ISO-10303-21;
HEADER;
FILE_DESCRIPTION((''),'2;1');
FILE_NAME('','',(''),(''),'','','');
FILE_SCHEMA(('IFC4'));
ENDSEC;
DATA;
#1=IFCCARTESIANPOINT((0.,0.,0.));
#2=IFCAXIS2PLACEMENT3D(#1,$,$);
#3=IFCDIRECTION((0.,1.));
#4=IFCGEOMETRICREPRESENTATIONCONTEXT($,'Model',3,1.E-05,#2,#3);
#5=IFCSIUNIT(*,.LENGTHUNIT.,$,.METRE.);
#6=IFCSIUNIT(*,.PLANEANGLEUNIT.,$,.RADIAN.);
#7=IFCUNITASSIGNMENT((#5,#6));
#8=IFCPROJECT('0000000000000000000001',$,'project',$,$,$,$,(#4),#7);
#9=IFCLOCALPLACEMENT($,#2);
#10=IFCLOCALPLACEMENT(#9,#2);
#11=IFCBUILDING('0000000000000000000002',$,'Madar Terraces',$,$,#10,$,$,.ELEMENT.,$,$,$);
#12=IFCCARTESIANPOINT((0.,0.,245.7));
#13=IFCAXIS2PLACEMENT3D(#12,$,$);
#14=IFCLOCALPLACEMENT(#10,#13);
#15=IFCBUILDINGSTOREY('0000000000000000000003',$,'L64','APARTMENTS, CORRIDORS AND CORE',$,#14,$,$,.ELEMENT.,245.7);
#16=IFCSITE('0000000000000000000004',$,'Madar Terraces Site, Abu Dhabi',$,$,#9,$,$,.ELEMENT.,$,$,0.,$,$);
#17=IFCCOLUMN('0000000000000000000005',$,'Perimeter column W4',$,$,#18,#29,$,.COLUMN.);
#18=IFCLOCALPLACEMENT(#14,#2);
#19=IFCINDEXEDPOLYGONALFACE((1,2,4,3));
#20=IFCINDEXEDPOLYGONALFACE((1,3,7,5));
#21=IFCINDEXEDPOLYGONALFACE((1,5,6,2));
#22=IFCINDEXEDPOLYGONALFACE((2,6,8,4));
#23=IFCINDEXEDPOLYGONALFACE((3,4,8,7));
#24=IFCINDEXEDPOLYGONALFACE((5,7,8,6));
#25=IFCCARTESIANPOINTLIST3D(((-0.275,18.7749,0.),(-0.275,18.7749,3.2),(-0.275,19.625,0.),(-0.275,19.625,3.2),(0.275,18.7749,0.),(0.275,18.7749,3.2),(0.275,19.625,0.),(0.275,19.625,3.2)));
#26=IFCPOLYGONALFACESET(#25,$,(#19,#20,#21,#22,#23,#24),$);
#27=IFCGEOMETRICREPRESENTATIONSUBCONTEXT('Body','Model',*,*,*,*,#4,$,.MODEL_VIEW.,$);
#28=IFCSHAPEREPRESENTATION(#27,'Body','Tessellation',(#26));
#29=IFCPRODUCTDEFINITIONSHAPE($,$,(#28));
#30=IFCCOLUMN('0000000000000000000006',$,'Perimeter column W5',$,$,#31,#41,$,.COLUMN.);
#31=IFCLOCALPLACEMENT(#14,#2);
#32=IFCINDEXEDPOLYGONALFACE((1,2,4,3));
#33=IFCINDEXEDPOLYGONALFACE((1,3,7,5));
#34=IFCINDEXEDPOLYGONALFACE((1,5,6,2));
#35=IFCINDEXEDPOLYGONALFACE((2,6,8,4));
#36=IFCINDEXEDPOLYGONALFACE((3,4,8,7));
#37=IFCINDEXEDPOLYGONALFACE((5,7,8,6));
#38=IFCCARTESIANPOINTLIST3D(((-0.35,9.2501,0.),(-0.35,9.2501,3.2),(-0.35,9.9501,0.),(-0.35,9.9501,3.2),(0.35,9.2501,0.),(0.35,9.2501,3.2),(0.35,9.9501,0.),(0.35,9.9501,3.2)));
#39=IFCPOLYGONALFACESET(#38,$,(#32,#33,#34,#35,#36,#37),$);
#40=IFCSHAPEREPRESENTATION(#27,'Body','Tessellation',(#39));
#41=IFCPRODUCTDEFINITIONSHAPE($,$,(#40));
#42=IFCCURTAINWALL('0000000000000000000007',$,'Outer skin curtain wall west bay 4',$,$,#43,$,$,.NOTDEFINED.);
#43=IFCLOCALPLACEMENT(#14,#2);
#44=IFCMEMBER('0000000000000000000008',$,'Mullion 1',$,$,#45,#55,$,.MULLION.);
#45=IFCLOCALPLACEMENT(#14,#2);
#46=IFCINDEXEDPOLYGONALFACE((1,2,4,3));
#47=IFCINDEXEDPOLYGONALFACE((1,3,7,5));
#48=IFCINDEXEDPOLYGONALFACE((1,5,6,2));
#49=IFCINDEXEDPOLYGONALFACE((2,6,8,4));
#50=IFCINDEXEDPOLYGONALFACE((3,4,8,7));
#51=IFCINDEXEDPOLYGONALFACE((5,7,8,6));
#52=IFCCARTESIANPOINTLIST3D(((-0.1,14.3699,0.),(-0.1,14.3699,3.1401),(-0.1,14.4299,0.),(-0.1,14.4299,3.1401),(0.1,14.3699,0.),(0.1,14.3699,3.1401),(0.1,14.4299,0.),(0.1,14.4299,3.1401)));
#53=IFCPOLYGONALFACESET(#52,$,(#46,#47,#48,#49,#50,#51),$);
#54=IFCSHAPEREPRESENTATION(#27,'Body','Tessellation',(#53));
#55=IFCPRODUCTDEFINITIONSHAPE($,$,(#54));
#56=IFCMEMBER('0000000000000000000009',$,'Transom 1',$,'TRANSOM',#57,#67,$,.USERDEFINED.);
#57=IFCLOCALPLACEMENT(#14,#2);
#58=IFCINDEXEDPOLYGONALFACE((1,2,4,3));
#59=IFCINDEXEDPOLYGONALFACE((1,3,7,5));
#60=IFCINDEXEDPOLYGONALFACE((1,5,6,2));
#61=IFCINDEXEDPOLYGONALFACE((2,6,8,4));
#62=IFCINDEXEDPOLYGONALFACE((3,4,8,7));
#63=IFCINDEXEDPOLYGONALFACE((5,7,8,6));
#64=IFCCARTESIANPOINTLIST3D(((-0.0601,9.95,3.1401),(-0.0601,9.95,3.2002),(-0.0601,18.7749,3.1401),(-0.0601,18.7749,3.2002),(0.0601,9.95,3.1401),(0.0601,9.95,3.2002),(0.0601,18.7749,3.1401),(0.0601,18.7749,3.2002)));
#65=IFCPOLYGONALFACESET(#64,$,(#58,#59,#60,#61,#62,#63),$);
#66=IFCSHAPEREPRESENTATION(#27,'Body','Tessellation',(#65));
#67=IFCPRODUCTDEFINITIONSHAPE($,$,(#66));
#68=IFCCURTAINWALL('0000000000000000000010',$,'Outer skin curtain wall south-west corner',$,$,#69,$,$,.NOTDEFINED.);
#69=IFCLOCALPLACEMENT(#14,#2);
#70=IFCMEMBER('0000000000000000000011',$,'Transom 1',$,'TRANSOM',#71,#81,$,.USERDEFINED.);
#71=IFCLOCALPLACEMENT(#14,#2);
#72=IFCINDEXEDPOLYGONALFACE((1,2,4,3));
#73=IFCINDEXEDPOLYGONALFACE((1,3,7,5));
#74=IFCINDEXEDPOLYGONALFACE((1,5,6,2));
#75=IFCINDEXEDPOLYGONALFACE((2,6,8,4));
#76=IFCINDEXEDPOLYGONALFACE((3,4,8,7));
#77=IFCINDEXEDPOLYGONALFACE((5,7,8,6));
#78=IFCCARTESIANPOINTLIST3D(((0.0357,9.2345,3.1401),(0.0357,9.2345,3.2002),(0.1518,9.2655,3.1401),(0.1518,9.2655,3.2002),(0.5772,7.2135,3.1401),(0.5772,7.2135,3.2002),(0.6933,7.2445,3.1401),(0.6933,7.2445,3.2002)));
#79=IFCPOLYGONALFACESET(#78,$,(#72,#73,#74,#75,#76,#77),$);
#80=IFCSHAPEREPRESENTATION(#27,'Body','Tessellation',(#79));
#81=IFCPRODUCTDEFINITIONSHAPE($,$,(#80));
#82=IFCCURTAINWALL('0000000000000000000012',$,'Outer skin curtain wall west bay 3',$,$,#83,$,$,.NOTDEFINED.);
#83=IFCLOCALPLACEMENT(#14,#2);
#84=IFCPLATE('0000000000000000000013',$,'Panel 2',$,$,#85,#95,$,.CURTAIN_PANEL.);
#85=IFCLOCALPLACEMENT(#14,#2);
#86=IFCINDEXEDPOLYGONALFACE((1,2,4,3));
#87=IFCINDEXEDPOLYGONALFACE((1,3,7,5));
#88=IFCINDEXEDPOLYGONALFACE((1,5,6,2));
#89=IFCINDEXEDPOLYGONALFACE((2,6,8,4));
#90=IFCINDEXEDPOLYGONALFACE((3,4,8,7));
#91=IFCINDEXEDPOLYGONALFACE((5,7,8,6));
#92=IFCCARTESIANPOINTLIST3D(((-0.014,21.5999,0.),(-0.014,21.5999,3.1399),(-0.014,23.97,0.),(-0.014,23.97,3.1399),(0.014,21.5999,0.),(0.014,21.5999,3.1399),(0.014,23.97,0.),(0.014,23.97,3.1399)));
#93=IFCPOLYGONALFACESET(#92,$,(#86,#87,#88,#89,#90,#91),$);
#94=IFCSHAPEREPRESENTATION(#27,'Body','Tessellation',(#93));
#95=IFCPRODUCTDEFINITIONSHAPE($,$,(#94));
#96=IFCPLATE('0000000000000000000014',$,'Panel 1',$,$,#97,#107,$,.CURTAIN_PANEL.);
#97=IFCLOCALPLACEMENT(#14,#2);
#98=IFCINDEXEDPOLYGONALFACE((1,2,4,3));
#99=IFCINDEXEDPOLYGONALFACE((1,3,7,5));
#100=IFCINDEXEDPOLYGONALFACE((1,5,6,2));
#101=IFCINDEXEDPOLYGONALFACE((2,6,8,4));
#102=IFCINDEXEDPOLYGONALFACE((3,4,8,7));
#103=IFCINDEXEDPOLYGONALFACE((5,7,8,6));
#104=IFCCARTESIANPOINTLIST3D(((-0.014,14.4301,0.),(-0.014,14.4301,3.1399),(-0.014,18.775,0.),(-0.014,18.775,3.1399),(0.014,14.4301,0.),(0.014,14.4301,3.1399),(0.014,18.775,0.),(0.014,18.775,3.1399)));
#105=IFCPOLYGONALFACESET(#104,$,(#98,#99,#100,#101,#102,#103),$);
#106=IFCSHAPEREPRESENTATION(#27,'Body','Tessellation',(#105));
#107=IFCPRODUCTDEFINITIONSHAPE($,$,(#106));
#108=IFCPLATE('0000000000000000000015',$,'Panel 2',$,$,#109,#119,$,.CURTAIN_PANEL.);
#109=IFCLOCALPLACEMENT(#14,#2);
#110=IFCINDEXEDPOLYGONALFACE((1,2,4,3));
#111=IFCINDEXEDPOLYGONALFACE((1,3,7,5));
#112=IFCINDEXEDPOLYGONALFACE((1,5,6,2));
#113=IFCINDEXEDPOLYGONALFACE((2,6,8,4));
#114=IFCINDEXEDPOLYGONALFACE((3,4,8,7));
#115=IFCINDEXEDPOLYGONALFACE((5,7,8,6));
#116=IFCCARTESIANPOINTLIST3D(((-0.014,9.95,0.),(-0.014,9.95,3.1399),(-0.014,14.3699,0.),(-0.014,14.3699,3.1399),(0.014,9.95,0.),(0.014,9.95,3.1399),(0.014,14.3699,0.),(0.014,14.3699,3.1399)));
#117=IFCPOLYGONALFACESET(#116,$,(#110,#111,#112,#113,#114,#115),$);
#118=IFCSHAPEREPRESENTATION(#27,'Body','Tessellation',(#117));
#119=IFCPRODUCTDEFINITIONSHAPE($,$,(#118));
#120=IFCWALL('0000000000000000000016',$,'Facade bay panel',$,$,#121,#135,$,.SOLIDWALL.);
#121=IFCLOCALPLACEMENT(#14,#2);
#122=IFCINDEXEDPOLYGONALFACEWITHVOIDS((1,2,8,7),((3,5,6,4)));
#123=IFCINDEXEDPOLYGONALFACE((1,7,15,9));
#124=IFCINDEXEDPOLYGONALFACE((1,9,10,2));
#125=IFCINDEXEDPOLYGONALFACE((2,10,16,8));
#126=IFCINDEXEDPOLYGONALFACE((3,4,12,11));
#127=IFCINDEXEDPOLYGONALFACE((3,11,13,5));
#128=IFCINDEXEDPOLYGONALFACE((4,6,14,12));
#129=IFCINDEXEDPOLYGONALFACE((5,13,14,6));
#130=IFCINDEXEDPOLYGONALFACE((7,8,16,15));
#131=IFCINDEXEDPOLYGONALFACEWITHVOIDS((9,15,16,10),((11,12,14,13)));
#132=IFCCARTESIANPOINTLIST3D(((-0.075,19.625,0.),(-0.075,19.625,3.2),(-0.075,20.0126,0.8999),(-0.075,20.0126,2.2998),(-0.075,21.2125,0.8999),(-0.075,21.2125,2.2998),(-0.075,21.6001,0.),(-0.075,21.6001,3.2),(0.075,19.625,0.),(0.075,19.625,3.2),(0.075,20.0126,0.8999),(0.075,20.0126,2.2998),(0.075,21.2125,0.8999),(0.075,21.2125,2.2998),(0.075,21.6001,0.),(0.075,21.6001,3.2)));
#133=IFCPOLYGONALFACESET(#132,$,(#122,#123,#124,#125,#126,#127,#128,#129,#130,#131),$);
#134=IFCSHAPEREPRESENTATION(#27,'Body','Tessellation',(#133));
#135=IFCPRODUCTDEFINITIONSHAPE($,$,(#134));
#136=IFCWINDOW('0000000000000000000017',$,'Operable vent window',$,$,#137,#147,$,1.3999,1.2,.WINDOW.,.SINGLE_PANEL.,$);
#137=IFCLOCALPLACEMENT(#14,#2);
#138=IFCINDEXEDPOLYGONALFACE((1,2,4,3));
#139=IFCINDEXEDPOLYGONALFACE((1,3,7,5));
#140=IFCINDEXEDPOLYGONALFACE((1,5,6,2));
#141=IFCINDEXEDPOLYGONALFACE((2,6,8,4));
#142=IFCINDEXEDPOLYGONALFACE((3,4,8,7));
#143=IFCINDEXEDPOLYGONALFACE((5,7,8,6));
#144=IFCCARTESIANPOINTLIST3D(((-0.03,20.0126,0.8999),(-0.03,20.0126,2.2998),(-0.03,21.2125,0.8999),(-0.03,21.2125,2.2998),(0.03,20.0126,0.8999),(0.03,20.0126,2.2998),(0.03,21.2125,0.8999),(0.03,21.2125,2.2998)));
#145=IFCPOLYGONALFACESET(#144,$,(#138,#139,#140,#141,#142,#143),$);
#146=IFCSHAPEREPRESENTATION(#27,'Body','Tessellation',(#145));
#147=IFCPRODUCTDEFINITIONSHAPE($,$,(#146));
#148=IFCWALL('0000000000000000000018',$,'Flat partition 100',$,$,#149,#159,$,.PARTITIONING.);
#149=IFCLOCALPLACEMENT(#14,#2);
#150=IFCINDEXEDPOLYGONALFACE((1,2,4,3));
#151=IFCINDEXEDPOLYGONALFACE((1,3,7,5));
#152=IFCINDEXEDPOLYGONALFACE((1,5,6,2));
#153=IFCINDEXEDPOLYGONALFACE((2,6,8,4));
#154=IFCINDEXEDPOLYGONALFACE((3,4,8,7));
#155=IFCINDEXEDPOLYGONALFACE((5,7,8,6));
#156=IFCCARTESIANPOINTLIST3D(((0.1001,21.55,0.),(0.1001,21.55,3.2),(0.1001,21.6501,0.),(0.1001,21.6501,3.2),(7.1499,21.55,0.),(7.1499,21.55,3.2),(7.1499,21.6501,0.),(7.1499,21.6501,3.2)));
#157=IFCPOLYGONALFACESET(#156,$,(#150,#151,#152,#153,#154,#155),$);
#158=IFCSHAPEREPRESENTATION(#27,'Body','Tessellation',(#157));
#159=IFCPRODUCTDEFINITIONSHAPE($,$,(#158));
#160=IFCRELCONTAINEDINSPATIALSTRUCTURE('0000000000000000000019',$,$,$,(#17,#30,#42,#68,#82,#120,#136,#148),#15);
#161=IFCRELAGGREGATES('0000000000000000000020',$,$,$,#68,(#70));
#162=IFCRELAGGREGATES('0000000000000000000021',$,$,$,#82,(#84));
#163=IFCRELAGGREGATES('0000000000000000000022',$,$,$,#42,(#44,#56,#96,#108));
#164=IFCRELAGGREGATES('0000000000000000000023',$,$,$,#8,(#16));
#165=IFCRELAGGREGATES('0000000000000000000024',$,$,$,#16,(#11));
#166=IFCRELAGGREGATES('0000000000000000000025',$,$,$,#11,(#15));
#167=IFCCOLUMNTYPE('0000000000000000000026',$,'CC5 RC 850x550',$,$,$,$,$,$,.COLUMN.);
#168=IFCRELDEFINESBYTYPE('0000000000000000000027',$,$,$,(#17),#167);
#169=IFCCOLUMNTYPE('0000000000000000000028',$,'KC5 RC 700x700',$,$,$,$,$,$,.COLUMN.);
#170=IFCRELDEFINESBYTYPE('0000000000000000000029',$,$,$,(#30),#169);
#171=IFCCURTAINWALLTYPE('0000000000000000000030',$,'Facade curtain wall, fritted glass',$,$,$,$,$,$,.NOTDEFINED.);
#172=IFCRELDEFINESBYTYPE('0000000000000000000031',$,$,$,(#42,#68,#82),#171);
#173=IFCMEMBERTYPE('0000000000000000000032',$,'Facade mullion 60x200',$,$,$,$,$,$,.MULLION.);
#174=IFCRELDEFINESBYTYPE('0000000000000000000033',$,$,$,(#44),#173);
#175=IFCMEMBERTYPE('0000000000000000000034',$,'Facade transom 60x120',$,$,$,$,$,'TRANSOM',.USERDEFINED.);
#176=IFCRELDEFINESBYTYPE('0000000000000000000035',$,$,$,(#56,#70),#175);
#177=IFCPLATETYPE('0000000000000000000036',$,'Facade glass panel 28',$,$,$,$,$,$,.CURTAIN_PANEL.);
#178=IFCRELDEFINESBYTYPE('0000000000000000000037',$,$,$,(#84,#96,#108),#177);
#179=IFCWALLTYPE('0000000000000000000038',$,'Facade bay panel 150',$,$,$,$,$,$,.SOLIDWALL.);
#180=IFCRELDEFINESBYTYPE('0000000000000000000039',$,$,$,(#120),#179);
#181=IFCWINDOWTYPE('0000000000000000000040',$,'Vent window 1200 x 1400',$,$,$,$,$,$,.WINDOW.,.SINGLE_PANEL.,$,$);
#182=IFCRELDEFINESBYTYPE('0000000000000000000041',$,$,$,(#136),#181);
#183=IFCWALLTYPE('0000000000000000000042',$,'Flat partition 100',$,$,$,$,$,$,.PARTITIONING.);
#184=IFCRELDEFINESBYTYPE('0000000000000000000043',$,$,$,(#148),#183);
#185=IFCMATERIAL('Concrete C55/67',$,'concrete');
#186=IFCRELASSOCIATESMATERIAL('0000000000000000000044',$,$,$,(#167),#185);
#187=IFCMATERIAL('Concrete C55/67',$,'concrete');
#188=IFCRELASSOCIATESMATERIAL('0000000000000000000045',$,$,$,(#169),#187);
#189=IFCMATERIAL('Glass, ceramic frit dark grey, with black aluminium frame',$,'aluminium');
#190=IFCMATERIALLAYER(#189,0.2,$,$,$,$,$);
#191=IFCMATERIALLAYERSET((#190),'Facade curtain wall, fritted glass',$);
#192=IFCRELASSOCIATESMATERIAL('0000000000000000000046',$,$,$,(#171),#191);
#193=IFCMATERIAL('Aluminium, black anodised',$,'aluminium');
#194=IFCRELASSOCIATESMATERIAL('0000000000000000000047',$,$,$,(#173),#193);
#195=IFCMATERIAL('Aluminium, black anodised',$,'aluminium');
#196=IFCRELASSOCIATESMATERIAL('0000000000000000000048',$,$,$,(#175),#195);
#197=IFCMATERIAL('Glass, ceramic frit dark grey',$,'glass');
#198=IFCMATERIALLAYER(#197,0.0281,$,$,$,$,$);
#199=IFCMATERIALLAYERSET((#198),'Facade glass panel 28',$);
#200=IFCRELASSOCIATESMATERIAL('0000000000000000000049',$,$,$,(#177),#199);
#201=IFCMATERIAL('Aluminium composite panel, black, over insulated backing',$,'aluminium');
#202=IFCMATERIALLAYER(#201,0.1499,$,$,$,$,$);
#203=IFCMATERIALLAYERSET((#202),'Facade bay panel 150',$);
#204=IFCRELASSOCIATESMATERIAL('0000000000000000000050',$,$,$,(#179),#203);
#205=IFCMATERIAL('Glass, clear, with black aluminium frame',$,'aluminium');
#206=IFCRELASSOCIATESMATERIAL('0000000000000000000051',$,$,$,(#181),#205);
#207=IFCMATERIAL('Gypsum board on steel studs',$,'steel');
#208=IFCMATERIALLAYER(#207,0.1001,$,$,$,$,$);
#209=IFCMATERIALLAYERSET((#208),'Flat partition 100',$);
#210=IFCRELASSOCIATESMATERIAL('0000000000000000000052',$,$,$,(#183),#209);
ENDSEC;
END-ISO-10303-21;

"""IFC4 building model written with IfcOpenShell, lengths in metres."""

from ifc_helpers import new_model, si_unit, direction, frame, frame_2d, origin, origin_2d, place, context, subcontext, project, spatial, rectangle, extrude, material, layer, layer_set, material_profile, profile_set, type_object, element, fill, aggregate, save


model = new_model("IFC4")

# Units and contexts
model_context = context("Model", 3, precision=1e-05, world=origin(), true_north=direction((0.0, 1.0)))
body_context = subcontext(model_context, "Body", "Model", "MODEL_VIEW")
ifc_project = project(units=[si_unit("LENGTHUNIT", "METRE"), si_unit("PLANEANGLEUNIT", "RADIAN")], contexts=[model_context])

# Site, building, storey
site_placement = place(None, origin())
site = spatial("IfcSite", under=ifc_project, at=site_placement, Name="Madar Terraces Site, Abu Dhabi", CompositionType="ELEMENT", RefElevation=0.0)
building_placement = place(site_placement, origin())
building = spatial("IfcBuilding", under=site, at=building_placement, Name="Madar Terraces", CompositionType="ELEMENT")
storey_placement = place(building_placement, frame((0.0, 0.0, 245.7)))
storey = spatial("IfcBuildingStorey", under=building, at=storey_placement, Name="L64", Description="APARTMENTS, CORRIDORS AND CORE", CompositionType="ELEMENT", Elevation=245.7)

# Columns
ifc_material_1 = material(Name="Concrete C55/67", Category="concrete")
ifc_material_profile_1 = material_profile(ifc_material_1, rectangle(XDim=0.8501, YDim=0.55, at=origin_2d()), Name="CC5 RC 850x550")
ifc_profile_set_1 = profile_set([ifc_material_profile_1], Name="Concrete C55/67")
column_type_1 = type_object("IfcColumnType", Name="CC5 RC 850x550", PredefinedType="COLUMN", material=ifc_profile_set_1)
column_1_placement = place(storey_placement, frame((0.0, 19.2, 0.0), z_axis=(0.0, 0.0, 1.0), x_axis=(0.0, 1.0, 0.0)))
element("IfcColumn", 1, at=column_1_placement, inside=storey, type_object=column_type_1, Name="Perimeter column W4", PredefinedType="COLUMN", context=body_context, shape_type="SweptSolid", body=[
    extrude(rectangle(XDim=0.8501, YDim=0.55, at=origin_2d()), origin(), (0.0, 0.0, 1.0), 3.2),
])
ifc_material_2 = material(Name="Concrete C55/67", Category="concrete")
ifc_material_profile_2 = material_profile(ifc_material_2, rectangle(XDim=0.7, YDim=0.7, at=origin_2d()), Name="KC5 RC 700x700")
ifc_profile_set_2 = profile_set([ifc_material_profile_2], Name="Concrete C55/67")
column_type_2 = type_object("IfcColumnType", Name="KC5 RC 700x700", PredefinedType="COLUMN", material=ifc_profile_set_2)
column_2_placement = place(storey_placement, frame((0.0, 9.6001, 0.0), z_axis=(0.0, 0.0, 1.0), x_axis=(1.0, 0.0, 0.0)))
element("IfcColumn", 2, at=column_2_placement, inside=storey, type_object=column_type_2, Name="Perimeter column W5", PredefinedType="COLUMN", context=body_context, shape_type="SweptSolid", body=[
    extrude(rectangle(XDim=0.7, YDim=0.7, at=origin_2d()), origin(), (0.0, 0.0, 1.0), 3.2),
])

# Curtain wall, members
ifc_material_3 = material(Name="Glass, ceramic frit dark grey, with black aluminium frame", Category="aluminium")
ifc_layer_1 = layer(ifc_material_3, 0.2)
ifc_layer_set_1 = layer_set([ifc_layer_1], Name="Facade curtain wall, fritted glass")
curtain_wall_type = type_object("IfcCurtainWallType", Name="Facade curtain wall, fritted glass", PredefinedType="NOTDEFINED", material=ifc_layer_set_1)
curtain_wall_1_placement = place(storey_placement, origin())
curtain_wall_1 = element("IfcCurtainWall", 3, at=curtain_wall_1_placement, inside=storey, type_object=curtain_wall_type, Name="Outer skin curtain wall west bay 4", PredefinedType="NOTDEFINED")
ifc_material_4 = material(Name="Aluminium, black anodised", Category="aluminium")
ifc_material_profile_3 = material_profile(ifc_material_4, rectangle(XDim=0.2, YDim=0.0601, at=origin_2d()), Name="Facade mullion 60x200")
ifc_profile_set_3 = profile_set([ifc_material_profile_3], Name="Aluminium, black anodised")
member_type_1 = type_object("IfcMemberType", Name="Facade mullion 60x200", PredefinedType="MULLION", material=ifc_profile_set_3)
member_1_placement = place(storey_placement, frame((0.0, 14.3999, 0.0), z_axis=(0.0, 0.0, 1.0), x_axis=(1.0, 0.0, 0.0)))
member_1 = element("IfcMember", 4, at=member_1_placement, type_object=member_type_1, Name="Mullion 1", PredefinedType="MULLION", context=body_context, shape_type="SweptSolid", body=[
    extrude(rectangle(XDim=0.2, YDim=0.0601, at=origin_2d()), origin(), (0.0, 0.0, 1.0), 3.1401),
])
ifc_material_5 = material(Name="Aluminium, black anodised", Category="aluminium")
ifc_material_profile_4 = material_profile(ifc_material_5, rectangle(XDim=0.1201, YDim=0.0601, at=origin_2d()), Name="Facade transom 60x120")
ifc_profile_set_4 = profile_set([ifc_material_profile_4], Name="Aluminium, black anodised")
member_type_2 = type_object("IfcMemberType", Name="Facade transom 60x120", ElementType="TRANSOM", PredefinedType="USERDEFINED", material=ifc_profile_set_4)
member_2_placement = place(storey_placement, frame((0.0, 18.7749, 3.1702), z_axis=(0.0, -1.0, 0.0), x_axis=(1.0, 0.0, 0.0)))
member_2 = element("IfcMember", 5, at=member_2_placement, type_object=member_type_2, Name="Transom 1", ObjectType="TRANSOM", PredefinedType="USERDEFINED", context=body_context, shape_type="SweptSolid", body=[
    extrude(rectangle(XDim=0.1201, YDim=0.0601, at=origin_2d()), origin(), (0.0, 0.0, 1.0), 8.825),
])

# Curtain wall, member
curtain_wall_2_placement = place(storey_placement, origin())
curtain_wall_2 = element("IfcCurtainWall", 6, at=curtain_wall_2_placement, inside=storey, type_object=curtain_wall_type, Name="Outer skin curtain wall south-west corner", PredefinedType="NOTDEFINED")
member_3_placement = place(storey_placement, frame((0.0938, 9.25, 3.1702), z_axis=(0.25881, -0.965928, 0.0), x_axis=(0.965928, 0.25881, 0.0)))
member_3 = element("IfcMember", 7, at=member_3_placement, type_object=member_type_2, Name="Transom 1", ObjectType="TRANSOM", PredefinedType="USERDEFINED", context=body_context, shape_type="SweptSolid", body=[
    extrude(rectangle(XDim=0.1201, YDim=0.0601, at=origin_2d()), origin(), (0.0, 0.0, 1.0), 2.0923),
])
aggregate(curtain_wall_2, [member_3])

# Curtain wall, plate
curtain_wall_3_placement = place(storey_placement, origin())
curtain_wall_3 = element("IfcCurtainWall", 8, at=curtain_wall_3_placement, inside=storey, type_object=curtain_wall_type, Name="Outer skin curtain wall west bay 3", PredefinedType="NOTDEFINED")
ifc_material_6 = material(Name="Glass, ceramic frit dark grey", Category="glass")
ifc_layer_2 = layer(ifc_material_6, 0.0281)
ifc_layer_set_2 = layer_set([ifc_layer_2], Name="Facade glass panel 28")
plate_type = type_object("IfcPlateType", Name="Facade glass panel 28", PredefinedType="CURTAIN_PANEL", material=ifc_layer_set_2)
plate_1_placement = place(storey_placement, frame((0.0, 22.7849, 0.0), z_axis=(0.0, 0.0, 1.0), x_axis=(0.0, -1.0, 0.0)))
plate_1 = element("IfcPlate", 9, at=plate_1_placement, type_object=plate_type, Name="Panel 2", PredefinedType="CURTAIN_PANEL", context=body_context, shape_type="SweptSolid", body=[
    extrude(rectangle(XDim=2.3701, YDim=0.0281, at=origin_2d()), origin(), (0.0, 0.0, 1.0), 3.1399),
])
aggregate(curtain_wall_3, [plate_1])

# Plates
plate_2_placement = place(storey_placement, frame((0.0, 16.6025, 0.0), z_axis=(0.0, 0.0, 1.0), x_axis=(0.0, -1.0, 0.0)))
plate_2 = element("IfcPlate", 10, at=plate_2_placement, type_object=plate_type, Name="Panel 1", PredefinedType="CURTAIN_PANEL", context=body_context, shape_type="SweptSolid", body=[
    extrude(rectangle(XDim=4.345, YDim=0.0281, at=origin_2d()), origin(), (0.0, 0.0, 1.0), 3.1399),
])
plate_3_placement = place(storey_placement, frame((0.0, 12.1599, 0.0), z_axis=(0.0, 0.0, 1.0), x_axis=(0.0, -1.0, 0.0)))
plate_3 = element("IfcPlate", 11, at=plate_3_placement, type_object=plate_type, Name="Panel 2", PredefinedType="CURTAIN_PANEL", context=body_context, shape_type="SweptSolid", body=[
    extrude(rectangle(XDim=4.4199, YDim=0.0281, at=origin_2d()), origin(), (0.0, 0.0, 1.0), 3.1399),
])
aggregate(curtain_wall_1, [member_1, member_2, plate_2, plate_3])

# Wall, opening, window
ifc_material_7 = material(Name="Aluminium composite panel, black, over insulated backing", Category="aluminium")
ifc_layer_3 = layer(ifc_material_7, 0.1499)
ifc_layer_set_3 = layer_set([ifc_layer_3], Name="Facade bay panel 150")
wall_type_1 = type_object("IfcWallType", Name="Facade bay panel 150", PredefinedType="SOLIDWALL", material=ifc_layer_set_3)
wall_1_placement = place(storey_placement, frame((0.0, 21.6001, 0.0), z_axis=(0.0, 0.0, 1.0), x_axis=(0.0, -1.0, 0.0)))
wall_1 = element("IfcWall", 12, at=wall_1_placement, inside=storey, type_object=wall_type_1, Name="Facade bay panel", PredefinedType="SOLIDWALL", context=body_context, shape_type="SweptSolid", body=[
    extrude(rectangle(XDim=1.9751, YDim=0.1499, at=frame_2d((0.9875, 0.0))), origin(), (0.0, 0.0, 1.0), 3.2),
])
opening_1_placement = place(wall_1_placement, frame((0.3875, 0.0, 0.8999)))
opening_1 = element("IfcOpeningElement", 13, at=opening_1_placement, cuts=wall_1, PredefinedType="OPENING", context=body_context, shape_type="SweptSolid", body=[
    extrude(rectangle(XDim=1.2, YDim=1.3999, at=frame_2d((0.6001, 0.7))), frame((0.0, 0.085, 0.0), z_axis=(0.0, -1.0, 0.0), x_axis=(1.0, 0.0, 0.0)), (0.0, 0.0, 1.0), 0.1699),
])
ifc_material_8 = material(Name="Glass, clear, with black aluminium frame", Category="aluminium")
window_type = type_object("IfcWindowType", Name="Vent window 1200 x 1400", PartitioningType="SINGLE_PANEL", PredefinedType="WINDOW", material=ifc_material_8)
window_placement = place(opening_1_placement, origin())
window = element("IfcWindow", 14, at=window_placement, inside=storey, type_object=window_type, Name="Operable vent window", OverallHeight=1.3999, OverallWidth=1.2, PartitioningType="SINGLE_PANEL", PredefinedType="WINDOW", context=body_context, shape_type="SweptSolid", body=[
    extrude(rectangle(XDim=1.2, YDim=1.3999, at=frame_2d((0.6001, 0.7))), frame((0.0, 0.03, 0.0), z_axis=(0.0, -1.0, 0.0), x_axis=(1.0, 0.0, 0.0)), (0.0, 0.0, 1.0), 0.0601),
])
fill(opening_1, window)

# Wall
ifc_material_9 = material(Name="Gypsum board on steel studs", Category="steel")
ifc_layer_4 = layer(ifc_material_9, 0.1001)
ifc_layer_set_4 = layer_set([ifc_layer_4], Name="Flat partition 100")
wall_type_2 = type_object("IfcWallType", Name="Flat partition 100", PredefinedType="PARTITIONING", material=ifc_layer_set_4)
wall_2_placement = place(storey_placement, frame((7.1499, 21.6001, 0.0), z_axis=(0.0, 0.0, 1.0), x_axis=(-1.0, 0.0, 0.0)))
element("IfcWall", 15, at=wall_2_placement, inside=storey, type_object=wall_type_2, Name="Flat partition 100", PredefinedType="PARTITIONING", context=body_context, shape_type="SweptSolid", body=[
    extrude(rectangle(XDim=7.0498, YDim=0.1001, at=frame_2d((3.5249, 0.0))), origin(), (0.0, 0.0, 1.0), 3.2),
])

save(model, "model.ifc")
